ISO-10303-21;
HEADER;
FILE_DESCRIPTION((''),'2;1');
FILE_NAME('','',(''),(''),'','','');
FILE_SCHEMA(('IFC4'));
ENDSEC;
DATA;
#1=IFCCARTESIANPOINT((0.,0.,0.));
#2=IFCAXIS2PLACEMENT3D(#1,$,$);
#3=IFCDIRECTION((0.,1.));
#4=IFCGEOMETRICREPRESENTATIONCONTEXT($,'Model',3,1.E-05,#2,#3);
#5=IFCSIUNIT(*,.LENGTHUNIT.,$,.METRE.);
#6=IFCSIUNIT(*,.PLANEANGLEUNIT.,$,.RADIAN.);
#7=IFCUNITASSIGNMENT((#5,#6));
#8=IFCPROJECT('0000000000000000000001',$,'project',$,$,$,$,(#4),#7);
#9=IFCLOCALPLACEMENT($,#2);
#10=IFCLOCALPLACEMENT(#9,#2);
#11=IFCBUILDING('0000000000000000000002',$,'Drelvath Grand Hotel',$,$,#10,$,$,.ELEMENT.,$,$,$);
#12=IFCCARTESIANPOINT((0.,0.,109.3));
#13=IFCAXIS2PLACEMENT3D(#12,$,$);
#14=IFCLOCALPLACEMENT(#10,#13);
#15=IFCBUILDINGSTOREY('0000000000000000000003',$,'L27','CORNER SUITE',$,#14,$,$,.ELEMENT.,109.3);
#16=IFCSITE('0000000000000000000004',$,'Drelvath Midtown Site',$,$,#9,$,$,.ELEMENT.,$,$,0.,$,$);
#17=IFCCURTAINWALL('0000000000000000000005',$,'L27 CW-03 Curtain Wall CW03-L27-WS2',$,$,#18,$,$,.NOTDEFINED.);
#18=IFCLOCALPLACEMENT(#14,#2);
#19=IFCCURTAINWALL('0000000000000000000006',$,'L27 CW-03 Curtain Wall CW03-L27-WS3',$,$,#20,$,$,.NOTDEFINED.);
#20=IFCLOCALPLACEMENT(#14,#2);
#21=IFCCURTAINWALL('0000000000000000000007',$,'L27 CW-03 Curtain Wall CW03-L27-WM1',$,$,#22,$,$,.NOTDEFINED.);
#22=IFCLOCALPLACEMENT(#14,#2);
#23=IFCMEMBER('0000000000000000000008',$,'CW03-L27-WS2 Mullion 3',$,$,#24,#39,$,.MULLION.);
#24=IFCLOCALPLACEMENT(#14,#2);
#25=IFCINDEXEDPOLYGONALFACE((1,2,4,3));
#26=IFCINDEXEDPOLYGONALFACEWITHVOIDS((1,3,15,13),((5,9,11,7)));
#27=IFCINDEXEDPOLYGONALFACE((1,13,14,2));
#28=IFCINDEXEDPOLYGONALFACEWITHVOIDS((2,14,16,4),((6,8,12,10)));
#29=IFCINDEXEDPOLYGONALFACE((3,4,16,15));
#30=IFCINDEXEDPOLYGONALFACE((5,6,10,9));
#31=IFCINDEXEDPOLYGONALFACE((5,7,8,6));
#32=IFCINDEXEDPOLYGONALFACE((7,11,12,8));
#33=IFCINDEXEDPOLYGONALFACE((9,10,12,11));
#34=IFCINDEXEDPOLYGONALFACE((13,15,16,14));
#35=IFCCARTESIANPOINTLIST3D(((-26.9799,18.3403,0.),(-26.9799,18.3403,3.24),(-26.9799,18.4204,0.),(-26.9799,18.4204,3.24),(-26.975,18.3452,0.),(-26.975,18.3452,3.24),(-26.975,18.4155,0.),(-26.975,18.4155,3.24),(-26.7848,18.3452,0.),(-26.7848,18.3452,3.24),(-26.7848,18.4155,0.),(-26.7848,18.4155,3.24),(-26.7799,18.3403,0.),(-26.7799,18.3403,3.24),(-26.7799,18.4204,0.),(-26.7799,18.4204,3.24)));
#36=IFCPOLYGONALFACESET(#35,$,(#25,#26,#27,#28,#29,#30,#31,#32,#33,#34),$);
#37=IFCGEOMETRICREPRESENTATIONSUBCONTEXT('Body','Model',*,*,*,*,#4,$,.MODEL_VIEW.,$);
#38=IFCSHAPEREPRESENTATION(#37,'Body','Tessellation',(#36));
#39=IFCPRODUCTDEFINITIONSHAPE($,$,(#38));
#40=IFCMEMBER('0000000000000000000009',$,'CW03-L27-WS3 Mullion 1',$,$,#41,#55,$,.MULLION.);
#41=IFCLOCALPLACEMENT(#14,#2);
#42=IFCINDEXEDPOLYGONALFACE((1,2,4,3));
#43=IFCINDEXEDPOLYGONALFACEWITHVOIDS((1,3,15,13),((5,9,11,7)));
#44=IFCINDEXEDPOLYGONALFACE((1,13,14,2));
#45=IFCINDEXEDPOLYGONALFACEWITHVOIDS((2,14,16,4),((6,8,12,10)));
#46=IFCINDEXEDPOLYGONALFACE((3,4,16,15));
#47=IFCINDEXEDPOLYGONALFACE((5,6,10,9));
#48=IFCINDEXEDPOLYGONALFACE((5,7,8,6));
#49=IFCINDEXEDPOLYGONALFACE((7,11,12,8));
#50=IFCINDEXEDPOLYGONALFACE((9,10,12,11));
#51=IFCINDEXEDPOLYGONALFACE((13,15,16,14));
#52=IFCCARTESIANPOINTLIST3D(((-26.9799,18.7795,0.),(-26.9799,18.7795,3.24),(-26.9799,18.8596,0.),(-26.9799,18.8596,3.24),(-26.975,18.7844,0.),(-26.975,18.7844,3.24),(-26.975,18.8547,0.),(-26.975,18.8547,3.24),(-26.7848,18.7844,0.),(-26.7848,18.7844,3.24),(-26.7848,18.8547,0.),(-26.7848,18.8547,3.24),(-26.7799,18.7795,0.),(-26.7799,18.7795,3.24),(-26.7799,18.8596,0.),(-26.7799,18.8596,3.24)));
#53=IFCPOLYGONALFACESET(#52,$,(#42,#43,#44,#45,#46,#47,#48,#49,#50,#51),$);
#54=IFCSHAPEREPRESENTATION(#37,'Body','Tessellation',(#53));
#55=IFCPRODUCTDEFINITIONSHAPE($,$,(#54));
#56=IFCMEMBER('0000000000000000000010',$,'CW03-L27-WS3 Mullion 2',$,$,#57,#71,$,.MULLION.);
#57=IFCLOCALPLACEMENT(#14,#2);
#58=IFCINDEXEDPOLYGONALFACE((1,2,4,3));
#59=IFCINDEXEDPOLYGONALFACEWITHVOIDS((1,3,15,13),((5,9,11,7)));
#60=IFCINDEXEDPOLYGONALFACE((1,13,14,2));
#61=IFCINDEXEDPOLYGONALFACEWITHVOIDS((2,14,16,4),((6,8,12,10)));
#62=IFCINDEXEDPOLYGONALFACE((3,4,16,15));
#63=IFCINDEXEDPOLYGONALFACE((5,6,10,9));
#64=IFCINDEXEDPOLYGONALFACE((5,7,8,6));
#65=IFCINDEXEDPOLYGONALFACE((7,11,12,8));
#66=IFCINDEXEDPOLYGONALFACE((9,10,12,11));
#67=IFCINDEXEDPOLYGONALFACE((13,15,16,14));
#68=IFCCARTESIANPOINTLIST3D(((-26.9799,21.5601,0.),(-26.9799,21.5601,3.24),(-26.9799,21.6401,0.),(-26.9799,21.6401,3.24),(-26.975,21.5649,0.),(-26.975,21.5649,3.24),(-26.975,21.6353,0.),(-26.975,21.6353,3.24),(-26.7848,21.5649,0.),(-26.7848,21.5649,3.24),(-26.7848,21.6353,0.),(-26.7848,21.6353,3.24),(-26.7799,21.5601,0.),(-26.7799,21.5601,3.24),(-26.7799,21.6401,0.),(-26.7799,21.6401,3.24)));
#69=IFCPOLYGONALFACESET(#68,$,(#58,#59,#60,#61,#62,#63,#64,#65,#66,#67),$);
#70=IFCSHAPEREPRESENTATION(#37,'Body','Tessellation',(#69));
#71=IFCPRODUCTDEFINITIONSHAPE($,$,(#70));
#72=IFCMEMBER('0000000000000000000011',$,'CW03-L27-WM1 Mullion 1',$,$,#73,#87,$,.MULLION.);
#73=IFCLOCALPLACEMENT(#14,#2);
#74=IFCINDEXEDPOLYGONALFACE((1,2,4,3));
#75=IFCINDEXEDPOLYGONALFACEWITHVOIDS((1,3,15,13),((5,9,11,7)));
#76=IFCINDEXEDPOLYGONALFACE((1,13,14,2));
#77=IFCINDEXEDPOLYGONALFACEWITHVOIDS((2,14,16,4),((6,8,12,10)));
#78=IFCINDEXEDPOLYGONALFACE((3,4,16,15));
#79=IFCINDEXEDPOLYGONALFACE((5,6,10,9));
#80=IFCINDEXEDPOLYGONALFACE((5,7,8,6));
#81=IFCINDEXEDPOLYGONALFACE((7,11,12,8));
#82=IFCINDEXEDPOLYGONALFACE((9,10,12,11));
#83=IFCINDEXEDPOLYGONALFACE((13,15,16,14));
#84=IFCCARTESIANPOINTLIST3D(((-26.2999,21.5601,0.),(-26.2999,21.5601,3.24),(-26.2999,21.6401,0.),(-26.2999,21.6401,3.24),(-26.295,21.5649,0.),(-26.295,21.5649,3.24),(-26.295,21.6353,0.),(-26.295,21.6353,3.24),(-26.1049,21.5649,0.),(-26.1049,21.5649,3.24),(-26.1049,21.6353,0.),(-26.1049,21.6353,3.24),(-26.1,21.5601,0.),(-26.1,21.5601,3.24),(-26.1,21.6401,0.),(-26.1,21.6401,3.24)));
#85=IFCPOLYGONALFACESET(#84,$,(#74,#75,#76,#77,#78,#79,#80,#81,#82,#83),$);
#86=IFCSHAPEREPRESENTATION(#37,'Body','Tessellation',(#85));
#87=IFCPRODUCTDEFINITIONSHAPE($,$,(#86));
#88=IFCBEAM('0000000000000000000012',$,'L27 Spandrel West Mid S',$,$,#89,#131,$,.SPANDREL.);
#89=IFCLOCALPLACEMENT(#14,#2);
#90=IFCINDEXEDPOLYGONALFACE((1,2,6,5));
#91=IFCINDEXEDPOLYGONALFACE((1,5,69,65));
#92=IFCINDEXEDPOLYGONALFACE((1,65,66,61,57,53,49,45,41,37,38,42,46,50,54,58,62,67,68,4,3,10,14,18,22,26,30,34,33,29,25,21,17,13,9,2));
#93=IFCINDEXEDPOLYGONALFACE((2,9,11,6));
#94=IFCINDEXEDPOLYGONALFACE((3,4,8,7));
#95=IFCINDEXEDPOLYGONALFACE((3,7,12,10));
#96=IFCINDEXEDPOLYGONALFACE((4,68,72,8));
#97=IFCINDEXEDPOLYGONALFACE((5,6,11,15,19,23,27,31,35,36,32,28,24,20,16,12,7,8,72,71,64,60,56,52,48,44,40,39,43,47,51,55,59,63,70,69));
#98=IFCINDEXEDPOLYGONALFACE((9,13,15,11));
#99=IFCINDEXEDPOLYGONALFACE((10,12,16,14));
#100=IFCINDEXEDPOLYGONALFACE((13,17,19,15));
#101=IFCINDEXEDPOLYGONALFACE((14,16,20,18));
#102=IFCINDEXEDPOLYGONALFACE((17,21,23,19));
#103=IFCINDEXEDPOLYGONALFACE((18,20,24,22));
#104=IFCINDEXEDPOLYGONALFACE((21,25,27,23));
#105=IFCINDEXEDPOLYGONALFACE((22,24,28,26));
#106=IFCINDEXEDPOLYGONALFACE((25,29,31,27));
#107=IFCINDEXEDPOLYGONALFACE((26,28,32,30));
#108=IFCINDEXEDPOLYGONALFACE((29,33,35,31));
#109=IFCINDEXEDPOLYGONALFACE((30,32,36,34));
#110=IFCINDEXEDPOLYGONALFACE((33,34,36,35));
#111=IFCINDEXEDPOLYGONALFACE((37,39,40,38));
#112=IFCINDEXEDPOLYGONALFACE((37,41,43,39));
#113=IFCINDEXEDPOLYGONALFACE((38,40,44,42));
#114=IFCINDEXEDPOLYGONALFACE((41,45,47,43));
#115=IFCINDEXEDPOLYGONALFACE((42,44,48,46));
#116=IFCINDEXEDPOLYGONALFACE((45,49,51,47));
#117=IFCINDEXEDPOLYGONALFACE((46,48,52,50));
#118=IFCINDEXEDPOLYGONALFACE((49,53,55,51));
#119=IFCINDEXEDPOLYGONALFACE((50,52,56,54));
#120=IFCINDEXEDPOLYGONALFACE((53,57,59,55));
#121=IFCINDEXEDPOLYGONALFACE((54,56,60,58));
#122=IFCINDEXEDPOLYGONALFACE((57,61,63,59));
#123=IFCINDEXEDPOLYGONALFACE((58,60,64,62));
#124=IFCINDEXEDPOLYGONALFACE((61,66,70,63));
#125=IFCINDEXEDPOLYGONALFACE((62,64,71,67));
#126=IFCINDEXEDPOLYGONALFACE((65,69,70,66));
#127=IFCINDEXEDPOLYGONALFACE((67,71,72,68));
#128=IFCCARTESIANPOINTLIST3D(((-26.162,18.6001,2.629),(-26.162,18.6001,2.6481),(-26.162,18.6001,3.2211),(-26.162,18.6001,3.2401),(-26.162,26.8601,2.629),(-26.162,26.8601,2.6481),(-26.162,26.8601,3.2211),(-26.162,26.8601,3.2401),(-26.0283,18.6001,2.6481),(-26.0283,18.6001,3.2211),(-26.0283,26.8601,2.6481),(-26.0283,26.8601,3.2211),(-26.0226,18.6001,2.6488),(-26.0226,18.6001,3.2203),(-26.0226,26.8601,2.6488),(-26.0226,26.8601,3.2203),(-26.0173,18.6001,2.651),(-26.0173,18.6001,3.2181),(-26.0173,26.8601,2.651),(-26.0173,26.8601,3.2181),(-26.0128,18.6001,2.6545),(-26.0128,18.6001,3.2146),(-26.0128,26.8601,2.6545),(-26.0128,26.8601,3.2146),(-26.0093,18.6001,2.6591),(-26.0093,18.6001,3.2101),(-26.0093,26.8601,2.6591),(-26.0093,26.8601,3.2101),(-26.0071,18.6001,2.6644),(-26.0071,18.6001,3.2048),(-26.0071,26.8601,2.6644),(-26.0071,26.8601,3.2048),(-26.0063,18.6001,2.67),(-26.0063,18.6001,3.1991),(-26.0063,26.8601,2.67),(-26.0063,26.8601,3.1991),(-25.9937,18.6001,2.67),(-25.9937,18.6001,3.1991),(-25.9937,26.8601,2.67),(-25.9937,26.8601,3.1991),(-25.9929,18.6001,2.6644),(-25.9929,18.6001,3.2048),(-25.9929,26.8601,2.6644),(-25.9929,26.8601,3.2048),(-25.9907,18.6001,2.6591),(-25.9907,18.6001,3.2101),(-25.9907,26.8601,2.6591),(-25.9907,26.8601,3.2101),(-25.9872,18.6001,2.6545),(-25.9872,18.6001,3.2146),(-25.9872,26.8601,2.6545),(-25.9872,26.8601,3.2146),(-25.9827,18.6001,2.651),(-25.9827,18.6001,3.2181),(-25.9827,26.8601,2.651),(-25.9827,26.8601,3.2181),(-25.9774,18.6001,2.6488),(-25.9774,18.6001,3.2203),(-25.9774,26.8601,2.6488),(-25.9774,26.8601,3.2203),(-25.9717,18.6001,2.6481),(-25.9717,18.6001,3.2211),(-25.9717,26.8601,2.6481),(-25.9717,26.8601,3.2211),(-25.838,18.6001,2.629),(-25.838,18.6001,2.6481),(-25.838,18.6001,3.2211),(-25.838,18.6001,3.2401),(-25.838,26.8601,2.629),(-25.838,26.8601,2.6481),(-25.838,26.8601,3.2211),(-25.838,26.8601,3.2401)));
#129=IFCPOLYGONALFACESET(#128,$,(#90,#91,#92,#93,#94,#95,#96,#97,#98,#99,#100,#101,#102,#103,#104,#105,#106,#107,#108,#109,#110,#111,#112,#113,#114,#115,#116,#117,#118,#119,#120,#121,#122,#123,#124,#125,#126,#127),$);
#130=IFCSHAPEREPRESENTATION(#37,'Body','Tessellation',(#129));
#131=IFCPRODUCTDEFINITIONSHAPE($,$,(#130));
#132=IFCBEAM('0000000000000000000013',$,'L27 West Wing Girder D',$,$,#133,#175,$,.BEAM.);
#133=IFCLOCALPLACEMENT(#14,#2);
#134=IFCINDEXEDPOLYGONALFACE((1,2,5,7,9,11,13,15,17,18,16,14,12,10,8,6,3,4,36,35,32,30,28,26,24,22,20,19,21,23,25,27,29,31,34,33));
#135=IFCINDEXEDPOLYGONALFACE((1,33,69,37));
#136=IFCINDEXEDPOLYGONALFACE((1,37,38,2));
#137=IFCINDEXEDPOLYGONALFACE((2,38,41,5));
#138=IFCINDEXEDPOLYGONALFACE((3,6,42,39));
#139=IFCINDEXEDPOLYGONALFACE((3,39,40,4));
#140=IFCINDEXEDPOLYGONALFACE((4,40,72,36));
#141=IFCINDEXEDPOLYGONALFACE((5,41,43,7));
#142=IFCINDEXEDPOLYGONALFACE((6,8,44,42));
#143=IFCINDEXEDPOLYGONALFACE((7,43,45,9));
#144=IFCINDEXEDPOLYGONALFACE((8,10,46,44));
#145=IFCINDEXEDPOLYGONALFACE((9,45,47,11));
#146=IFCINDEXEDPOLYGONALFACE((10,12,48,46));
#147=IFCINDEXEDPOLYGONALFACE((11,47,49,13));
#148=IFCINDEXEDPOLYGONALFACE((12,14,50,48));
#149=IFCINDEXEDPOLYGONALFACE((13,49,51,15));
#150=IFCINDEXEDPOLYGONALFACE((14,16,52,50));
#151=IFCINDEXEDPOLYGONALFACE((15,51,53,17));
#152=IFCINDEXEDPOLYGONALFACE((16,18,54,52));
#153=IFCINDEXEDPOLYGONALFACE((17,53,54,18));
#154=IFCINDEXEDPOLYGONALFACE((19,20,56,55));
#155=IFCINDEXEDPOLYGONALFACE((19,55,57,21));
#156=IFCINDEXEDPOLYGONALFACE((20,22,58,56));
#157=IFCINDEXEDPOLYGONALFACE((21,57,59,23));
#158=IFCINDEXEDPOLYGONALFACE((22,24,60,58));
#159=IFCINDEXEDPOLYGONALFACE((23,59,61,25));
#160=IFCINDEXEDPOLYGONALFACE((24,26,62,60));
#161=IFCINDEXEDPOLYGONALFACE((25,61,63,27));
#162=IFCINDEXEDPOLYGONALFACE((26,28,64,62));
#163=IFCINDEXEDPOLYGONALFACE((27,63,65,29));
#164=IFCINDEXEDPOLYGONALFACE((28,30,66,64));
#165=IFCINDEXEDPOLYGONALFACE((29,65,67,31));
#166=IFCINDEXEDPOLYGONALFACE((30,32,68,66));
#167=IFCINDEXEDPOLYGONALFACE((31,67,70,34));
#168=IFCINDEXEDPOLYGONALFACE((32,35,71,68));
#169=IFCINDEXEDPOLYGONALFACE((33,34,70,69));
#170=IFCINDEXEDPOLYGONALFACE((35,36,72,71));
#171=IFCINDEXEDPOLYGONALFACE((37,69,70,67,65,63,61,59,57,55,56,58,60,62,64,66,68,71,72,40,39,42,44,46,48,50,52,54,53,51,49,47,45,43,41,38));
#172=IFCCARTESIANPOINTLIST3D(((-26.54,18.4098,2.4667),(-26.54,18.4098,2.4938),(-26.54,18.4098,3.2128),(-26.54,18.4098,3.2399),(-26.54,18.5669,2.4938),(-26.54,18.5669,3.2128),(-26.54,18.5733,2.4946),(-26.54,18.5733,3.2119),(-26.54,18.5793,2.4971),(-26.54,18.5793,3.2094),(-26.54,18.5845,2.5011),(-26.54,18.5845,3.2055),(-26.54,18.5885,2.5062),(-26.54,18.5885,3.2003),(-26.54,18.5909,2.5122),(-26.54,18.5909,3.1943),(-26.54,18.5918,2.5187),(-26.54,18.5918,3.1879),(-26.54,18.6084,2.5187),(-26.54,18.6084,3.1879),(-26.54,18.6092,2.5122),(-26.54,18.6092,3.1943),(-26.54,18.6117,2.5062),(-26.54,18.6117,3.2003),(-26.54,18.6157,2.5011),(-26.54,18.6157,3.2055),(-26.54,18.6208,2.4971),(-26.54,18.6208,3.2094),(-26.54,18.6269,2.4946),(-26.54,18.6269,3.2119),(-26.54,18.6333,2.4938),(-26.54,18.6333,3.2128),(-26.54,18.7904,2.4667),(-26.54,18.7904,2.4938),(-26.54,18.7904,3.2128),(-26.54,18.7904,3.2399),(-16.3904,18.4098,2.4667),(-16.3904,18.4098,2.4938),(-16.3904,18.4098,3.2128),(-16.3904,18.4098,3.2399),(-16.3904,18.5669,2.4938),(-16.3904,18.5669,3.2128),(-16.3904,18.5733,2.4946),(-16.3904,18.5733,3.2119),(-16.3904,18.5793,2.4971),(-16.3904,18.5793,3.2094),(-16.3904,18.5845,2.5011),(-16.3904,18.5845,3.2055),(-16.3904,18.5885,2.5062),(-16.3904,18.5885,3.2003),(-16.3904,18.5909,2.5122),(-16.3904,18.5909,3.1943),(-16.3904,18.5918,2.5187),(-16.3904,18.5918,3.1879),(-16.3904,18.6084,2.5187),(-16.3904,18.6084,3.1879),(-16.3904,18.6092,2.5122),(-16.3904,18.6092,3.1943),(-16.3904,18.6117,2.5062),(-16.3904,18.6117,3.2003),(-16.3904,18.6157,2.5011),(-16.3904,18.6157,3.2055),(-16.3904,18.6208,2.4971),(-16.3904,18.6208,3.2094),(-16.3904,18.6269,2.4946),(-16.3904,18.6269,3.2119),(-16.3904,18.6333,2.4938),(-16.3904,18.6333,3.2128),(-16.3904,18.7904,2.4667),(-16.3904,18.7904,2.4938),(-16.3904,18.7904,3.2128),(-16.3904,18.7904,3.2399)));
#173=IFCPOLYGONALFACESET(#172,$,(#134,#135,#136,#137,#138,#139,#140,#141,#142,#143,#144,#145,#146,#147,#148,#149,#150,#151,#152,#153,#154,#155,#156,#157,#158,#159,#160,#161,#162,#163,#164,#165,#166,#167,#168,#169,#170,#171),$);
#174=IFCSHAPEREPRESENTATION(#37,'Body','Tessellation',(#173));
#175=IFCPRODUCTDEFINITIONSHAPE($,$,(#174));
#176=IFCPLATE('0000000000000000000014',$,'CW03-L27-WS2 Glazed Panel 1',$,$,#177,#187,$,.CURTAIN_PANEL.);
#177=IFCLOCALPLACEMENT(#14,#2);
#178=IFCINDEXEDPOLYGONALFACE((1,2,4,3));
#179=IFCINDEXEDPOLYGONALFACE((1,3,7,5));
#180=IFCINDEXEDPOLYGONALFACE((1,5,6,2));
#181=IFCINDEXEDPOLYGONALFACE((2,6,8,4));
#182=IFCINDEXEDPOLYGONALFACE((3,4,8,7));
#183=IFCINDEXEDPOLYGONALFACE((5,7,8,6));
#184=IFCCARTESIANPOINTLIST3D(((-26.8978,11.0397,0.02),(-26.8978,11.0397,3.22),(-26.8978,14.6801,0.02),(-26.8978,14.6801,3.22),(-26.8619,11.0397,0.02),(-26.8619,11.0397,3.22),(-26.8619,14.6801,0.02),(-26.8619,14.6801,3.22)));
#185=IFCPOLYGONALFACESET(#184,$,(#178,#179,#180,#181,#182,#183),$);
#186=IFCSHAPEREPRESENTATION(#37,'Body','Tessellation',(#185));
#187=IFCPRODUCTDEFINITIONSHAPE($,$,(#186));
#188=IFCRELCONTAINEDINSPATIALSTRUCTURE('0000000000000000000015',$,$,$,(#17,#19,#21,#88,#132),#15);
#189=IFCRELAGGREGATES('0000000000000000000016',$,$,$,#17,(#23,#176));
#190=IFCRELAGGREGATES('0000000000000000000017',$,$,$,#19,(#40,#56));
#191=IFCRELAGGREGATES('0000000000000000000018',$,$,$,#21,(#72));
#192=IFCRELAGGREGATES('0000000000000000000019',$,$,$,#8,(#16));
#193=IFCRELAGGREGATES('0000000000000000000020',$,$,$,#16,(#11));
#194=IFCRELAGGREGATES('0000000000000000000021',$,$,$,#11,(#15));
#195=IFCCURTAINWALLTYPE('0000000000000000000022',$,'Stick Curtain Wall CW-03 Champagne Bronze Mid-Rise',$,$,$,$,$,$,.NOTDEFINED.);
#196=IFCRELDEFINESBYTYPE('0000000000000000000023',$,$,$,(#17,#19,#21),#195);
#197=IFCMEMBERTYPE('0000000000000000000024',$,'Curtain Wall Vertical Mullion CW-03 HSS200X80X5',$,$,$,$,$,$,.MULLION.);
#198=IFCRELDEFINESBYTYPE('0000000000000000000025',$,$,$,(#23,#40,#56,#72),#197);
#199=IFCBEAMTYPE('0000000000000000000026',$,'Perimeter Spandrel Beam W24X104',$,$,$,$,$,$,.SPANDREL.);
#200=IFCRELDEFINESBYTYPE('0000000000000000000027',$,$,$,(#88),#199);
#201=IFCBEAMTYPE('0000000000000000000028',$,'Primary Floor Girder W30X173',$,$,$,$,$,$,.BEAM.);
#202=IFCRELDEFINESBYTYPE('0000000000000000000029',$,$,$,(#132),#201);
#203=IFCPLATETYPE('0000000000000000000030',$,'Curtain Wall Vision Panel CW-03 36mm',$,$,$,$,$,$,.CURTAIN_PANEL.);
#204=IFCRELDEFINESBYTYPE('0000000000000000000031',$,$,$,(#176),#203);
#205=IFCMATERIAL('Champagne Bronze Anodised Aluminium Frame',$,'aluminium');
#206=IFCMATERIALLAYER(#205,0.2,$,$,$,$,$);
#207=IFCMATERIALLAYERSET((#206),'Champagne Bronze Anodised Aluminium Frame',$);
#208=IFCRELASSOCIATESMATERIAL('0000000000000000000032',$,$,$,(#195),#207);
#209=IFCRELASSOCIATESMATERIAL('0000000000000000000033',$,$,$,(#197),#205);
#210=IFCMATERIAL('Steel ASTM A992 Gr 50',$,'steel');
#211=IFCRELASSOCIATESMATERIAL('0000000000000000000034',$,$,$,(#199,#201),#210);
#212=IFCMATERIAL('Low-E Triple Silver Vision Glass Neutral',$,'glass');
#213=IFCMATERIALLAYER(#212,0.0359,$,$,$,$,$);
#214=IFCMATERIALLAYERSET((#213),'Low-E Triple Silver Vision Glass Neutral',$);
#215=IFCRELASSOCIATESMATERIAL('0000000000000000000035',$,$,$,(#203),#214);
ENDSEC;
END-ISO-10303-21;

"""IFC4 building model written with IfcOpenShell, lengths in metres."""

from ifc_helpers import new_model, si_unit, direction, frame, origin, origin_2d, place, context, subcontext, project, spatial, rectangle, hollow_rectangle, i_section, extrude, material, layer, layer_set, material_profile, profile_set, type_object, element, aggregate, save


model = new_model("IFC4")

# Units and contexts
model_context = context("Model", 3, precision=1e-05, world=origin(), true_north=direction((0.0, 1.0)))
body_context = subcontext(model_context, "Body", "Model", "MODEL_VIEW")
ifc_project = project(units=[si_unit("LENGTHUNIT", "METRE"), si_unit("PLANEANGLEUNIT", "RADIAN")], contexts=[model_context])

# Site, building, storey
site_placement = place(None, origin())
site = spatial("IfcSite", under=ifc_project, at=site_placement, Name="Drelvath Midtown Site", CompositionType="ELEMENT", RefElevation=0.0)
building_placement = place(site_placement, origin())
building = spatial("IfcBuilding", under=site, at=building_placement, Name="Drelvath Grand Hotel", CompositionType="ELEMENT")
storey_placement = place(building_placement, frame((0.0, 0.0, 109.3)))
storey = spatial("IfcBuildingStorey", under=building, at=storey_placement, Name="L27", Description="CORNER SUITE", CompositionType="ELEMENT", Elevation=109.3)

# Shared definitions
ifc_material_1 = material(Name="Steel ASTM A992 Gr 50", Category="steel")

# Curtain walls
ifc_material_2 = material(Name="Champagne Bronze Anodised Aluminium Frame", Category="aluminium")
ifc_layer_1 = layer(ifc_material_2, 0.2)
ifc_layer_set_1 = layer_set([ifc_layer_1], Name="Champagne Bronze Anodised Aluminium Frame")
curtain_wall_type = type_object("IfcCurtainWallType", Name="Stick Curtain Wall CW-03 Champagne Bronze Mid-Rise", PredefinedType="NOTDEFINED", material=ifc_layer_set_1)
curtain_wall_1_placement = place(storey_placement, origin())
curtain_wall_1 = element("IfcCurtainWall", 1, at=curtain_wall_1_placement, inside=storey, type_object=curtain_wall_type, Name="L27 CW-03 Curtain Wall CW03-L27-WS2", PredefinedType="NOTDEFINED")
curtain_wall_2_placement = place(storey_placement, origin())
curtain_wall_2 = element("IfcCurtainWall", 2, at=curtain_wall_2_placement, inside=storey, type_object=curtain_wall_type, Name="L27 CW-03 Curtain Wall CW03-L27-WS3", PredefinedType="NOTDEFINED")
curtain_wall_3_placement = place(storey_placement, origin())
curtain_wall_3 = element("IfcCurtainWall", 3, at=curtain_wall_3_placement, inside=storey, type_object=curtain_wall_type, Name="L27 CW-03 Curtain Wall CW03-L27-WM1", PredefinedType="NOTDEFINED")

# Members
ifc_material_profile_1 = material_profile(ifc_material_2, hollow_rectangle(XDim=0.0801, YDim=0.2, WallThickness=0.0049, at=origin_2d()), Name="HSS200X80X5")
ifc_profile_set_1 = profile_set([ifc_material_profile_1], Name="Champagne Bronze Anodised Aluminium Frame")
member_type_1 = type_object("IfcMemberType", Name="Curtain Wall Vertical Mullion CW-03 HSS200X80X5", PredefinedType="MULLION", material=ifc_profile_set_1)
member_1_placement = place(storey_placement, frame((-26.8799, 18.3804, 0.0), z_axis=(0.0, 0.0, 1.0), x_axis=(0.0, 1.0, 0.0)))
member_1 = element("IfcMember", 4, at=member_1_placement, type_object=member_type_1, Name="CW03-L27-WS2 Mullion 3", PredefinedType="MULLION", context=body_context, shape_type="SweptSolid", body=[
    extrude(hollow_rectangle(XDim=0.0801, YDim=0.2, WallThickness=0.0049, at=origin_2d()), origin(), (0.0, 0.0, 1.0), 3.24),
])
member_2_placement = place(storey_placement, frame((-26.8799, 18.8196, 0.0), z_axis=(0.0, 0.0, 1.0), x_axis=(0.0, 1.0, 0.0)))
member_2 = element("IfcMember", 5, at=member_2_placement, type_object=member_type_1, Name="CW03-L27-WS3 Mullion 1", PredefinedType="MULLION", context=body_context, shape_type="SweptSolid", body=[
    extrude(hollow_rectangle(XDim=0.0801, YDim=0.2, WallThickness=0.0049, at=origin_2d()), origin(), (0.0, 0.0, 1.0), 3.24),
])
member_3_placement = place(storey_placement, frame((-26.8799, 21.6001, 0.0), z_axis=(0.0, 0.0, 1.0), x_axis=(0.0, 1.0, 0.0)))
member_3 = element("IfcMember", 6, at=member_3_placement, type_object=member_type_1, Name="CW03-L27-WS3 Mullion 2", PredefinedType="MULLION", context=body_context, shape_type="SweptSolid", body=[
    extrude(hollow_rectangle(XDim=0.0801, YDim=0.2, WallThickness=0.0049, at=origin_2d()), origin(), (0.0, 0.0, 1.0), 3.24),
])
member_4_placement = place(storey_placement, frame((-26.2, 21.6001, 0.0), z_axis=(0.0, 0.0, 1.0), x_axis=(0.0, 1.0, 0.0)))
member_4 = element("IfcMember", 7, at=member_4_placement, type_object=member_type_1, Name="CW03-L27-WM1 Mullion 1", PredefinedType="MULLION", context=body_context, shape_type="SweptSolid", body=[
    extrude(hollow_rectangle(XDim=0.0801, YDim=0.2, WallThickness=0.0049, at=origin_2d()), origin(), (0.0, 0.0, 1.0), 3.24),
])

# Beams
ifc_material_profile_2 = material_profile(ifc_material_1, i_section(OverallWidth=0.324, OverallDepth=0.6111, WebThickness=0.0127, FlangeThickness=0.019, FilletRadius=0.022, at=origin_2d()), Name="W24X104")
ifc_profile_set_2 = profile_set([ifc_material_profile_2], Name="Steel ASTM A992 Gr 50")
beam_type_1 = type_object("IfcBeamType", Name="Perimeter Spandrel Beam W24X104", PredefinedType="SPANDREL", material=ifc_profile_set_2)
beam_1_placement = place(storey_placement, frame((-26.0, 18.6001, 2.9346), z_axis=(0.0, 1.0, 0.0), x_axis=(-1.0, 0.0, 0.0)))
element("IfcBeam", 8, at=beam_1_placement, inside=storey, type_object=beam_type_1, Name="L27 Spandrel West Mid S", PredefinedType="SPANDREL", context=body_context, shape_type="SweptSolid", body=[
    extrude(i_section(OverallWidth=0.324, OverallDepth=0.6111, WebThickness=0.0127, FlangeThickness=0.019, FilletRadius=0.022, at=origin_2d()), origin(), (0.0, 0.0, 1.0), 8.26),
])
ifc_material_profile_3 = material_profile(ifc_material_1, i_section(OverallWidth=0.3806, OverallDepth=0.7732, WebThickness=0.0166, FlangeThickness=0.0271, FilletRadius=0.0249, at=origin_2d()), Name="W30X173")
ifc_profile_set_3 = profile_set([ifc_material_profile_3], Name="Steel ASTM A992 Gr 50")
beam_type_2 = type_object("IfcBeamType", Name="Primary Floor Girder W30X173", PredefinedType="BEAM", material=ifc_profile_set_3)
beam_2_placement = place(storey_placement, frame((-26.54, 18.6001, 2.8533), z_axis=(1.0, 0.0, 0.0), x_axis=(0.0, 1.0, 0.0)))
element("IfcBeam", 9, at=beam_2_placement, inside=storey, type_object=beam_type_2, Name="L27 West Wing Girder D", PredefinedType="BEAM", context=body_context, shape_type="SweptSolid", body=[
    extrude(i_section(OverallWidth=0.3806, OverallDepth=0.7732, WebThickness=0.0166, FlangeThickness=0.0271, FilletRadius=0.0249, at=origin_2d()), origin(), (0.0, 0.0, 1.0), 10.1497),
])

# Plate
ifc_material_3 = material(Name="Low-E Triple Silver Vision Glass Neutral", Category="glass")
ifc_layer_2 = layer(ifc_material_3, 0.0359)
ifc_layer_set_2 = layer_set([ifc_layer_2], Name="Low-E Triple Silver Vision Glass Neutral")
plate_type = type_object("IfcPlateType", Name="Curtain Wall Vision Panel CW-03 36mm", PredefinedType="CURTAIN_PANEL", material=ifc_layer_set_2)
plate_1_placement = place(storey_placement, frame((-26.8799, 12.8599, 0.02), z_axis=(0.0, 0.0, 1.0), x_axis=(0.0, 1.0, 0.0)))
plate_1 = element("IfcPlate", 10, at=plate_1_placement, type_object=plate_type, Name="CW03-L27-WS2 Glazed Panel 1", PredefinedType="CURTAIN_PANEL", context=body_context, shape_type="SweptSolid", body=[
    extrude(rectangle(XDim=3.6404, YDim=0.0359, at=origin_2d()), origin(), (0.0, 0.0, 1.0), 3.2),
])
aggregate(curtain_wall_1, [member_1, plate_1])
aggregate(curtain_wall_2, [member_2, member_3])
aggregate(curtain_wall_3, [member_4])

save(model, "model.ifc")
